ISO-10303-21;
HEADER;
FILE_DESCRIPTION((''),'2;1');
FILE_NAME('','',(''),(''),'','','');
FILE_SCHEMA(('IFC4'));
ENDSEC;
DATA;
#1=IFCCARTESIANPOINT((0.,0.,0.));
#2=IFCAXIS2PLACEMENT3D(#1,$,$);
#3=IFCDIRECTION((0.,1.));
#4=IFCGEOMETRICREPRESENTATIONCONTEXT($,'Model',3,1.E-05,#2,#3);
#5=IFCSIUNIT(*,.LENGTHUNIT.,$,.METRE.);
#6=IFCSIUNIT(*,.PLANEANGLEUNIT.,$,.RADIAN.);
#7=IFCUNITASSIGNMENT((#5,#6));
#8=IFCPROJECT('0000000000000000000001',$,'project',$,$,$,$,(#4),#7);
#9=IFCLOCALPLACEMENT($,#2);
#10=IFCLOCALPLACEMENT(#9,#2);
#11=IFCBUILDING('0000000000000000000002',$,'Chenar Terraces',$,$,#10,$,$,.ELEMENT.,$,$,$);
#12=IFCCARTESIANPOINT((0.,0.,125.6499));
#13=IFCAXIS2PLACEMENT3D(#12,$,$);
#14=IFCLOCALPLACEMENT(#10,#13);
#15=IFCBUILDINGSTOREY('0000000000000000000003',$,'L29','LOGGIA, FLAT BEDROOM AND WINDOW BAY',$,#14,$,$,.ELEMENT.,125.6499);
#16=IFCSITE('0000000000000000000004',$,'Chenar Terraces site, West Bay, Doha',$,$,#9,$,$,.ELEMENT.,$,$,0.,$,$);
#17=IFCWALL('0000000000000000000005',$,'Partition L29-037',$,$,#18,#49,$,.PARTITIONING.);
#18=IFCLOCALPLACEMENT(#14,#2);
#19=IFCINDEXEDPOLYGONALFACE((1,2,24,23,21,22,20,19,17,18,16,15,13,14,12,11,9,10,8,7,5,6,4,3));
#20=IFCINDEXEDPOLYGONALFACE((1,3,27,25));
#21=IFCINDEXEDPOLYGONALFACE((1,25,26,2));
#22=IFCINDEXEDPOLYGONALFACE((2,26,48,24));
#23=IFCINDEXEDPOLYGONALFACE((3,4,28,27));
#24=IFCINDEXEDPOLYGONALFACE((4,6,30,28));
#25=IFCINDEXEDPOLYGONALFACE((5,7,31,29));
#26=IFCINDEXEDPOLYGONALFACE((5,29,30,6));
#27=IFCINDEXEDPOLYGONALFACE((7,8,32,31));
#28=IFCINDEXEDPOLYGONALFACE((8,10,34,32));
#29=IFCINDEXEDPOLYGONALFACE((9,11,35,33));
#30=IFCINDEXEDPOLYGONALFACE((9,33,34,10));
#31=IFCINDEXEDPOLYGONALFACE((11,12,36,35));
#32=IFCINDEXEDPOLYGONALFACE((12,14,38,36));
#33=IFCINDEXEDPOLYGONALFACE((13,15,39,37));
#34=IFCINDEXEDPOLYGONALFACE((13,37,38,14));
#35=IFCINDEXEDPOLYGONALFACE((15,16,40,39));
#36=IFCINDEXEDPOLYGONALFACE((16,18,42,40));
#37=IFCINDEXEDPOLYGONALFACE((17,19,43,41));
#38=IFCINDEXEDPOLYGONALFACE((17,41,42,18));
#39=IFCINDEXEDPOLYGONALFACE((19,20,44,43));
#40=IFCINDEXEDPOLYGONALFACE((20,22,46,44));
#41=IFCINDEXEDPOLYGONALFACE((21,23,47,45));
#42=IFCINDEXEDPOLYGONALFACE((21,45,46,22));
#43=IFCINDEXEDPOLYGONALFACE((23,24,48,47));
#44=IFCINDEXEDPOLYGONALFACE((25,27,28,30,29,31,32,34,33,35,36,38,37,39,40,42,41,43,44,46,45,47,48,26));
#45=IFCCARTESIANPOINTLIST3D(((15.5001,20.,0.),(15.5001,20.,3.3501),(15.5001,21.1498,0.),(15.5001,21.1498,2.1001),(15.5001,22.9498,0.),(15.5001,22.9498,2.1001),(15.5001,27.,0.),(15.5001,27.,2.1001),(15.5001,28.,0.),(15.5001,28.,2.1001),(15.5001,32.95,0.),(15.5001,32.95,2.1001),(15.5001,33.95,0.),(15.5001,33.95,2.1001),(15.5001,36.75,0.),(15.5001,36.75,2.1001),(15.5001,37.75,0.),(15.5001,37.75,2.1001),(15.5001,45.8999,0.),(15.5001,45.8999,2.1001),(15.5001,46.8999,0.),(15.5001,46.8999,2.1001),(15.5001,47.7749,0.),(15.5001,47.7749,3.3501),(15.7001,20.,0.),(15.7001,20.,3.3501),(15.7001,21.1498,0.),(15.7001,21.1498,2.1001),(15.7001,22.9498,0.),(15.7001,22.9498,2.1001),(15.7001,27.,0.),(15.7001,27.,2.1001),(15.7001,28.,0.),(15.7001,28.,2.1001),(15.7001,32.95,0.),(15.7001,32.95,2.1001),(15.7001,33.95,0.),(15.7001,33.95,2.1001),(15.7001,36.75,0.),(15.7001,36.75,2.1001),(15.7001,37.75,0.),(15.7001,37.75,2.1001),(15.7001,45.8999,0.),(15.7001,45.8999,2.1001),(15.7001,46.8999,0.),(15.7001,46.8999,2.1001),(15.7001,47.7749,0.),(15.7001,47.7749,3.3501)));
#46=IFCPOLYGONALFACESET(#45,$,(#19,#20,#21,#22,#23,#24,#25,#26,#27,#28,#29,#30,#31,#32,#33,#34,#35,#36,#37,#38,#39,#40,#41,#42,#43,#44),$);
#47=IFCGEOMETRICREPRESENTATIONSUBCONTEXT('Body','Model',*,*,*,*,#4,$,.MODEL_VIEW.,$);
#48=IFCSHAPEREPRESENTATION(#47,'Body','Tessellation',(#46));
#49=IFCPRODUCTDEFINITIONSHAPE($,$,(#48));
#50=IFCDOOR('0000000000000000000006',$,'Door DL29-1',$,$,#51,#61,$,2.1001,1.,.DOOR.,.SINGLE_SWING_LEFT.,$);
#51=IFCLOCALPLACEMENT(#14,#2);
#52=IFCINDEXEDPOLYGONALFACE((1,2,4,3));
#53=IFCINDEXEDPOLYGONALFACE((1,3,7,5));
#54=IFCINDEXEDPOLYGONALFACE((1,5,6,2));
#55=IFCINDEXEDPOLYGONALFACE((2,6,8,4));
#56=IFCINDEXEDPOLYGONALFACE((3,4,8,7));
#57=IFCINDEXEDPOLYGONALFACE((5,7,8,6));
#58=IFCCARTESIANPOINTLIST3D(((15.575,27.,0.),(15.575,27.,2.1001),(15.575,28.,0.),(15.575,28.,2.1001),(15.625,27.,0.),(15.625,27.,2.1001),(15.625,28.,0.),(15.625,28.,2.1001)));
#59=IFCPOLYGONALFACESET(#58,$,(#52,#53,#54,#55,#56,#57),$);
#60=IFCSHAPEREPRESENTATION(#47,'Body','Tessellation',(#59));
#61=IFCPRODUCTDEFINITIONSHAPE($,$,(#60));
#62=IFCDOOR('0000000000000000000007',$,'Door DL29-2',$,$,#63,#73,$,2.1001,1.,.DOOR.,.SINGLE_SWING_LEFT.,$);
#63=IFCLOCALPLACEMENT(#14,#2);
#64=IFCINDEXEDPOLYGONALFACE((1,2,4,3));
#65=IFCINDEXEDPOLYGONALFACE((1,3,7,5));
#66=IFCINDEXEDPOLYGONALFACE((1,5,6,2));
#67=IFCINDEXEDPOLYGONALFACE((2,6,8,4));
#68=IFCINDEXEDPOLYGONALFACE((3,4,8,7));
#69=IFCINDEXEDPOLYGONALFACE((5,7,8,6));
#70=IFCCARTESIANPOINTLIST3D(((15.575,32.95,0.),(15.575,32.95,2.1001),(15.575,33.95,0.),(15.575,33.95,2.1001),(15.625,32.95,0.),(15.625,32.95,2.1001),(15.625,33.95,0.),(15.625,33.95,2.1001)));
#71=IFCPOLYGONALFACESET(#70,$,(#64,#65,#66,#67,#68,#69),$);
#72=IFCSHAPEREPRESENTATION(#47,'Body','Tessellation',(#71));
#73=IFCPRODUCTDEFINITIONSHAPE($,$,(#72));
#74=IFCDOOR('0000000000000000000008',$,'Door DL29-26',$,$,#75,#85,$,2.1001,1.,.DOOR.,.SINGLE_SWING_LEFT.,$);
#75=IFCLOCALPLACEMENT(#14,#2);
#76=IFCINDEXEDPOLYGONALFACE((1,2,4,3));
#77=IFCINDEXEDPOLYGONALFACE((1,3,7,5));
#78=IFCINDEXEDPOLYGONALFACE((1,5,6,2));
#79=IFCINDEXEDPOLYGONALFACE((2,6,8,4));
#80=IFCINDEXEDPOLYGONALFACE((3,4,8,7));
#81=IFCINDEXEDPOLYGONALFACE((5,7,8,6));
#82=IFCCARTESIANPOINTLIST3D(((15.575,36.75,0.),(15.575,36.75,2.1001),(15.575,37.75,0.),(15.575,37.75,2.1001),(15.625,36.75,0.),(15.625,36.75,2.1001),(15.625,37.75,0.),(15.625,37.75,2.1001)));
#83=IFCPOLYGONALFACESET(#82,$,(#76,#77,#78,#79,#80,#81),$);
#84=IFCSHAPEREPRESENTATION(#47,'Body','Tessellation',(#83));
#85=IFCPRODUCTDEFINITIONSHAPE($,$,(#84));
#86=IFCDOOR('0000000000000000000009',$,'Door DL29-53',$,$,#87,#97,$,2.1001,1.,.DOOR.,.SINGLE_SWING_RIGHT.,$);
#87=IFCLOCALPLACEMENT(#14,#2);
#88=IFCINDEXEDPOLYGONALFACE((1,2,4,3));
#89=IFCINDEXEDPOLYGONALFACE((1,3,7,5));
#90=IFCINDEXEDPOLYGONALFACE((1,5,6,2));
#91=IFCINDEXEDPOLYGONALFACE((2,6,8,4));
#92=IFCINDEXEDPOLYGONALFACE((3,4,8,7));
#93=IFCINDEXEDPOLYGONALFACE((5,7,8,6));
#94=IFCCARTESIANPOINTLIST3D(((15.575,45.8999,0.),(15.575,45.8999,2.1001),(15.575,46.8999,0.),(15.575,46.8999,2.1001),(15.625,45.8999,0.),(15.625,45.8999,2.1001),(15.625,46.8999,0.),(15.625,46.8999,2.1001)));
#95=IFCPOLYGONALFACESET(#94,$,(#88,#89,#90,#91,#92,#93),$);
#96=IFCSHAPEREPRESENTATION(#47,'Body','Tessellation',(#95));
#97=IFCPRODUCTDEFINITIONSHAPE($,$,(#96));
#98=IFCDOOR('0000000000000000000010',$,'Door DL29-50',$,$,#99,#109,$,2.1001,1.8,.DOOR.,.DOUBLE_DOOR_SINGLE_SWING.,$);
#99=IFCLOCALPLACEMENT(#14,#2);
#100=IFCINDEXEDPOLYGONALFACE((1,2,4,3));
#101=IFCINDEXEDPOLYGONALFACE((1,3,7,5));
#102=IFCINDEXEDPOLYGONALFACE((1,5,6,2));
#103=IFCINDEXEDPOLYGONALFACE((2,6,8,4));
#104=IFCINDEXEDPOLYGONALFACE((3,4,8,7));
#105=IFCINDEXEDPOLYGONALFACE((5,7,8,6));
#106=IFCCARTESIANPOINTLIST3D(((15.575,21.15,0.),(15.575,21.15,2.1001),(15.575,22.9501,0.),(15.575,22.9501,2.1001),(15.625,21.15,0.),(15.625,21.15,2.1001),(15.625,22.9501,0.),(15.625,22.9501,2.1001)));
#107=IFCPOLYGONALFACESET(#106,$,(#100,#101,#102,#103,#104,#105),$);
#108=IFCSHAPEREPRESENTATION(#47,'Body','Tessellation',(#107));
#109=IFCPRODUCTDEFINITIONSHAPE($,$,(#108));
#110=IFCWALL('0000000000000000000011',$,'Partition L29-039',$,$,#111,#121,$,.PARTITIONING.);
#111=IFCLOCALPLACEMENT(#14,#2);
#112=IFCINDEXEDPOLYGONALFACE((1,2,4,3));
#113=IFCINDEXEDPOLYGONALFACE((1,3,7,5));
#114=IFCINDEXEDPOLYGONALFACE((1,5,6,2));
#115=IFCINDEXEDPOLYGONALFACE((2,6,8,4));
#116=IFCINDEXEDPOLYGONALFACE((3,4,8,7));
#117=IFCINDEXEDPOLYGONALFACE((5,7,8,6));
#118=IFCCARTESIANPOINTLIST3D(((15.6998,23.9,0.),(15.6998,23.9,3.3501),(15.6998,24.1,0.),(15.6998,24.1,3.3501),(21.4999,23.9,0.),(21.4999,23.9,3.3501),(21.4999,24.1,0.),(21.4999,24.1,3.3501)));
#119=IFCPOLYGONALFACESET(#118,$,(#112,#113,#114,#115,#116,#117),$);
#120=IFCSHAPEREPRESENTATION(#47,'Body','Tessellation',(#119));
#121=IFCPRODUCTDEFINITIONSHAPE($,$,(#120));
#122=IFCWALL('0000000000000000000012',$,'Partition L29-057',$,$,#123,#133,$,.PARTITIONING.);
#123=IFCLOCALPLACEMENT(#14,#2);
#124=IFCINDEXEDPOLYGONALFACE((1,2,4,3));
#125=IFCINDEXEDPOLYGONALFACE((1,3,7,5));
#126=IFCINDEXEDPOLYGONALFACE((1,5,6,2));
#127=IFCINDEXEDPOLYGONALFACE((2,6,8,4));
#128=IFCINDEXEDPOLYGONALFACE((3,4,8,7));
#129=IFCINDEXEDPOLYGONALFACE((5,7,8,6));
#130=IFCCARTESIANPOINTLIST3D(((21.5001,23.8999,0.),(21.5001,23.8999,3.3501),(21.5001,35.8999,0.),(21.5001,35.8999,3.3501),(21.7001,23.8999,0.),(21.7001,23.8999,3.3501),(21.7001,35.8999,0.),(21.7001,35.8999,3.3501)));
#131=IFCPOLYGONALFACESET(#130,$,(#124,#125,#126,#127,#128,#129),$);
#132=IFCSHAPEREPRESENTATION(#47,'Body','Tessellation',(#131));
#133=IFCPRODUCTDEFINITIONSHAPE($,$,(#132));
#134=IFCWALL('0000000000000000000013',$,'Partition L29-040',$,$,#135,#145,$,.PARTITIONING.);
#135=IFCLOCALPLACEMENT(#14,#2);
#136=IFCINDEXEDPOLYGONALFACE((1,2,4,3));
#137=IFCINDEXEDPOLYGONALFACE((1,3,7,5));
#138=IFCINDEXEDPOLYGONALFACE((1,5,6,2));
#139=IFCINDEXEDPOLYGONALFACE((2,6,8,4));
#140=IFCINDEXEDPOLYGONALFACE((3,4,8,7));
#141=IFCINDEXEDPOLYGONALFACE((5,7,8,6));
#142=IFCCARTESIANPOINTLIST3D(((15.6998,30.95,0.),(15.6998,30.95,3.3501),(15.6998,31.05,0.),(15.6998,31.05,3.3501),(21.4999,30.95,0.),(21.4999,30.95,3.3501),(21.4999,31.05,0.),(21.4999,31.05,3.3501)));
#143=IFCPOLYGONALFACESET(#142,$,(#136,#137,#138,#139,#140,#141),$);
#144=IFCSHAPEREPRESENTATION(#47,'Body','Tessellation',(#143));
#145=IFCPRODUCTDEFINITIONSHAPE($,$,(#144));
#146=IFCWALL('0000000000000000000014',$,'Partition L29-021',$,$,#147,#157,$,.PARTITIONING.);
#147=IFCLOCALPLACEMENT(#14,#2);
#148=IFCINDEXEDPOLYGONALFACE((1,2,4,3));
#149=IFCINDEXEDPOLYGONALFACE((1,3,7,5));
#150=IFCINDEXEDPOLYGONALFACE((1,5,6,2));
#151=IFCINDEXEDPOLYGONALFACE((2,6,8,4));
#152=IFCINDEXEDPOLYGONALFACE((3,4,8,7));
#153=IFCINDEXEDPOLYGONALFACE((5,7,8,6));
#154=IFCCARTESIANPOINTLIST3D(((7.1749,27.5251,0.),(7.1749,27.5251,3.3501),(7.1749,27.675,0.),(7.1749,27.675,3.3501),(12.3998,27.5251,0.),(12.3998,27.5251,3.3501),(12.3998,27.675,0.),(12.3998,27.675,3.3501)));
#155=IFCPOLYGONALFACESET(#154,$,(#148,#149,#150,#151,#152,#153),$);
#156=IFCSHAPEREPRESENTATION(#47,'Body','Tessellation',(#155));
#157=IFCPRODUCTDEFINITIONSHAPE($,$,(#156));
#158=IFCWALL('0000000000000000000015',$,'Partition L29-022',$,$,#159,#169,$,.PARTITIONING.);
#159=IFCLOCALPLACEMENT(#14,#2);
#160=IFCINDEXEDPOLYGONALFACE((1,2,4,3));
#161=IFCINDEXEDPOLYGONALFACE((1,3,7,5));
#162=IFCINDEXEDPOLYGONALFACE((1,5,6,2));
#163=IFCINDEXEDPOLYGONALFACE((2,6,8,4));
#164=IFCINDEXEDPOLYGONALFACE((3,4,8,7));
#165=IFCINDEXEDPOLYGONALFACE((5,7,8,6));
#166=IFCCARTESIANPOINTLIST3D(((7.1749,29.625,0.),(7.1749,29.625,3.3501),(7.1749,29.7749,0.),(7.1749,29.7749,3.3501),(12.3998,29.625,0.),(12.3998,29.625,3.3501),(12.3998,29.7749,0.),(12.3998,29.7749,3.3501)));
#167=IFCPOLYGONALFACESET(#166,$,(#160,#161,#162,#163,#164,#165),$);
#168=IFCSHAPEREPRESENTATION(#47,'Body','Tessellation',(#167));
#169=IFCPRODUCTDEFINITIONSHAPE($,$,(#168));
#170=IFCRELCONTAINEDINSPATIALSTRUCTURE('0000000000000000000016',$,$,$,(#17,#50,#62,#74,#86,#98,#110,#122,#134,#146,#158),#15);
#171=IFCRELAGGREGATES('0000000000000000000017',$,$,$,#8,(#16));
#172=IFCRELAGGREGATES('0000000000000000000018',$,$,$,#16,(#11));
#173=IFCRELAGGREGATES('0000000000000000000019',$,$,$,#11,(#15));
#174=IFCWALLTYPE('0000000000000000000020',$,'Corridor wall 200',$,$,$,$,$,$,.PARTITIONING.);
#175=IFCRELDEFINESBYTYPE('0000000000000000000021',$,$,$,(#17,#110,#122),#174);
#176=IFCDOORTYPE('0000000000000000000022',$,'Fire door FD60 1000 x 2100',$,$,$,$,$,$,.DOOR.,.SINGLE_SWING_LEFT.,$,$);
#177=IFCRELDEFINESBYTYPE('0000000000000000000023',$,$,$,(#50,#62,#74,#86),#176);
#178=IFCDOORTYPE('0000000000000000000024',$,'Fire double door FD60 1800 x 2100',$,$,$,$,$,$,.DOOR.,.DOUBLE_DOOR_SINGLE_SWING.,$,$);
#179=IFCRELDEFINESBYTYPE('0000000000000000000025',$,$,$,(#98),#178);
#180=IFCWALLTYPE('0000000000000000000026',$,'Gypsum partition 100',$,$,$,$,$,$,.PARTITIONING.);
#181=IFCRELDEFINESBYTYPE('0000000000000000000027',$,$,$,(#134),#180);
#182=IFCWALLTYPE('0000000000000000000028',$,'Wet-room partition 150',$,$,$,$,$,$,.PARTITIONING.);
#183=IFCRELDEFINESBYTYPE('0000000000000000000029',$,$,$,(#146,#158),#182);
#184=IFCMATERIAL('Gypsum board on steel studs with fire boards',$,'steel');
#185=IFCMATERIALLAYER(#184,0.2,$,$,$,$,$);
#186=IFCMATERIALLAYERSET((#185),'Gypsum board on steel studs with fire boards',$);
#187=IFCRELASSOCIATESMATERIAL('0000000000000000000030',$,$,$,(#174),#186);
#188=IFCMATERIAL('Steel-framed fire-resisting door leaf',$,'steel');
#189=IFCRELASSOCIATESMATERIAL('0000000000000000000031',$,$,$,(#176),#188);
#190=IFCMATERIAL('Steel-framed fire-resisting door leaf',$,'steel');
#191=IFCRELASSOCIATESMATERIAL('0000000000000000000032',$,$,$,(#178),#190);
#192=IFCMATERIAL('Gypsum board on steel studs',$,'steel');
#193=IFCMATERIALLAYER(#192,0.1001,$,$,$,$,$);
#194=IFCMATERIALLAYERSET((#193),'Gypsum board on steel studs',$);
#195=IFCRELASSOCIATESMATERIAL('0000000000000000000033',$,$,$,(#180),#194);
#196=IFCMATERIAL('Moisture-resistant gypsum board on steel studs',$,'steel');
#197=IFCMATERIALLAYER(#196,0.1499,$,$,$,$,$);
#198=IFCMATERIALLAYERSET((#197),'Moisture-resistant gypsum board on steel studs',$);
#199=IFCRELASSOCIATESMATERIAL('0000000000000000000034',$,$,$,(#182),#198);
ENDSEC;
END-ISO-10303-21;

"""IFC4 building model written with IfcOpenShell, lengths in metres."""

from ifc_helpers import new_model, si_unit, direction, frame, frame_2d, origin, place, context, subcontext, project, spatial, rectangle, extrude, material, layer, layer_set, type_object, element, fill, save


model = new_model("IFC4")

# Units and contexts
model_context = context("Model", 3, precision=1e-05, world=origin(), true_north=direction((0.0, 1.0)))
body_context = subcontext(model_context, "Body", "Model", "MODEL_VIEW")
ifc_project = project(units=[si_unit("LENGTHUNIT", "METRE"), si_unit("PLANEANGLEUNIT", "RADIAN")], contexts=[model_context])

# Site, building, storey
site_placement = place(None, origin())
site = spatial("IfcSite", under=ifc_project, at=site_placement, Name="Chenar Terraces site, West Bay, Doha", CompositionType="ELEMENT", RefElevation=0.0)
building_placement = place(site_placement, origin())
building = spatial("IfcBuilding", under=site, at=building_placement, Name="Chenar Terraces", CompositionType="ELEMENT")
storey_placement = place(building_placement, frame((0.0, 0.0, 125.6499)))
storey = spatial("IfcBuildingStorey", under=building, at=storey_placement, Name="L29", Description="LOGGIA, FLAT BEDROOM AND WINDOW BAY", CompositionType="ELEMENT", Elevation=125.6499)

# Wall, openings, doors
ifc_material_1 = material(Name="Gypsum board on steel studs with fire boards", Category="steel")
ifc_layer_1 = layer(ifc_material_1, 0.2)
ifc_layer_set_1 = layer_set([ifc_layer_1], Name="Gypsum board on steel studs with fire boards")
wall_type_1 = type_object("IfcWallType", Name="Corridor wall 200", PredefinedType="PARTITIONING", material=ifc_layer_set_1)
wall_1_placement = place(storey_placement, frame((15.6001, 20.0, 0.0), z_axis=(0.0, 0.0, 1.0), x_axis=(0.0, 1.0, 0.0)))
wall_1 = element("IfcWall", 1, at=wall_1_placement, inside=storey, type_object=wall_type_1, Name="Partition L29-037", PredefinedType="PARTITIONING", context=body_context, shape_type="SweptSolid", body=[
    extrude(rectangle(XDim=27.7749, YDim=0.2, at=frame_2d((13.8875, 0.0))), origin(), (0.0, 0.0, 1.0), 3.3501),
])
opening_1_placement = place(wall_1_placement, frame((7.0, 0.0, 0.0)))
opening_1 = element("IfcOpeningElement", 2, at=opening_1_placement, cuts=wall_1, PredefinedType="OPENING", context=body_context, shape_type="SweptSolid", body=[
    extrude(rectangle(XDim=1.0, YDim=2.1001, at=frame_2d((0.5, 1.05))), frame((0.0, 0.1099, 0.0), z_axis=(0.0, -1.0, 0.0), x_axis=(1.0, 0.0, 0.0)), (0.0, 0.0, 1.0), 0.22),
])
opening_2_placement = place(wall_1_placement, frame((12.95, 0.0, 0.0)))
opening_2 = element("IfcOpeningElement", 3, at=opening_2_placement, cuts=wall_1, PredefinedType="OPENING", context=body_context, shape_type="SweptSolid", body=[
    extrude(rectangle(XDim=1.0, YDim=2.1001, at=frame_2d((0.5, 1.05))), frame((0.0, 0.1099, 0.0), z_axis=(0.0, -1.0, 0.0), x_axis=(1.0, 0.0, 0.0)), (0.0, 0.0, 1.0), 0.22),
])
opening_3_placement = place(wall_1_placement, frame((16.75, 0.0, 0.0)))
opening_3 = element("IfcOpeningElement", 4, at=opening_3_placement, cuts=wall_1, PredefinedType="OPENING", context=body_context, shape_type="SweptSolid", body=[
    extrude(rectangle(XDim=1.0, YDim=2.1001, at=frame_2d((0.5, 1.05))), frame((0.0, 0.1099, 0.0), z_axis=(0.0, -1.0, 0.0), x_axis=(1.0, 0.0, 0.0)), (0.0, 0.0, 1.0), 0.22),
])
opening_4_placement = place(wall_1_placement, frame((1.1499, 0.0, 0.0)))
opening_4 = element("IfcOpeningElement", 5, at=opening_4_placement, cuts=wall_1, PredefinedType="OPENING", context=body_context, shape_type="SweptSolid", body=[
    extrude(rectangle(XDim=1.8, YDim=2.1001, at=frame_2d((0.8999, 1.05))), frame((0.0, 0.1099, 0.0), z_axis=(0.0, -1.0, 0.0), x_axis=(1.0, 0.0, 0.0)), (0.0, 0.0, 1.0), 0.22),
])
opening_5_placement = place(wall_1_placement, frame((25.8999, 0.0, 0.0)))
opening_5 = element("IfcOpeningElement", 6, at=opening_5_placement, cuts=wall_1, PredefinedType="OPENING", context=body_context, shape_type="SweptSolid", body=[
    extrude(rectangle(XDim=1.0, YDim=2.1001, at=frame_2d((0.5, 1.05))), frame((0.0, 0.1099, 0.0), z_axis=(0.0, -1.0, 0.0), x_axis=(1.0, 0.0, 0.0)), (0.0, 0.0, 1.0), 0.22),
])
ifc_material_2 = material(Name="Steel-framed fire-resisting door leaf", Category="steel")
door_type_1 = type_object("IfcDoorType", Name="Fire door FD60 1000 x 2100", OperationType="SINGLE_SWING_LEFT", PredefinedType="DOOR", material=ifc_material_2)
door_1_placement = place(opening_1_placement, frame((1.0, 0.0, 0.0), z_axis=(0.0, 0.0, 1.0), x_axis=(-1.0, 0.0, 0.0)))
door_1 = element("IfcDoor", 7, at=door_1_placement, inside=storey, type_object=door_type_1, Name="Door DL29-1", OperationType="SINGLE_SWING_LEFT", OverallHeight=2.1001, OverallWidth=1.0, PredefinedType="DOOR", context=body_context, shape_type="SweptSolid", body=[
    extrude(rectangle(XDim=1.0, YDim=2.1001, at=frame_2d((0.5, 1.05))), frame((0.0, 0.0249, 0.0), z_axis=(0.0, -1.0, 0.0), x_axis=(1.0, 0.0, 0.0)), (0.0, 0.0, 1.0), 0.05),
])
fill(opening_1, door_1)
door_2_placement = place(opening_2_placement, frame((1.0, 0.0, 0.0), z_axis=(0.0, 0.0, 1.0), x_axis=(-1.0, 0.0, 0.0)))
door_2 = element("IfcDoor", 8, at=door_2_placement, inside=storey, type_object=door_type_1, Name="Door DL29-2", OperationType="SINGLE_SWING_LEFT", OverallHeight=2.1001, OverallWidth=1.0, PredefinedType="DOOR", context=body_context, shape_type="SweptSolid", body=[
    extrude(rectangle(XDim=1.0, YDim=2.1001, at=frame_2d((0.5, 1.05))), frame((0.0, 0.0249, 0.0), z_axis=(0.0, -1.0, 0.0), x_axis=(1.0, 0.0, 0.0)), (0.0, 0.0, 1.0), 0.05),
])
fill(opening_2, door_2)
door_3_placement = place(opening_3_placement, frame((1.0, 0.0, 0.0), z_axis=(0.0, 0.0, 1.0), x_axis=(-1.0, 0.0, 0.0)))
door_3 = element("IfcDoor", 9, at=door_3_placement, inside=storey, type_object=door_type_1, Name="Door DL29-26", OperationType="SINGLE_SWING_LEFT", OverallHeight=2.1001, OverallWidth=1.0, PredefinedType="DOOR", context=body_context, shape_type="SweptSolid", body=[
    extrude(rectangle(XDim=1.0, YDim=2.1001, at=frame_2d((0.5, 1.05))), frame((0.0, 0.0249, 0.0), z_axis=(0.0, -1.0, 0.0), x_axis=(1.0, 0.0, 0.0)), (0.0, 0.0, 1.0), 0.05),
])
fill(opening_3, door_3)
door_4_placement = place(opening_5_placement, frame((1.0, 0.0, 0.0), z_axis=(0.0, 0.0, 1.0), x_axis=(-1.0, 0.0, 0.0)))
door_4 = element("IfcDoor", 10, at=door_4_placement, inside=storey, type_object=door_type_1, Name="Door DL29-53", OperationType="SINGLE_SWING_RIGHT", OverallHeight=2.1001, OverallWidth=1.0, PredefinedType="DOOR", context=body_context, shape_type="SweptSolid", body=[
    extrude(rectangle(XDim=1.0, YDim=2.1001, at=frame_2d((0.5, 1.05))), frame((0.0, 0.0249, 0.0), z_axis=(0.0, -1.0, 0.0), x_axis=(1.0, 0.0, 0.0)), (0.0, 0.0, 1.0), 0.05),
])
fill(opening_5, door_4)
ifc_material_3 = material(Name="Steel-framed fire-resisting door leaf", Category="steel")
door_type_2 = type_object("IfcDoorType", Name="Fire double door FD60 1800 x 2100", OperationType="DOUBLE_DOOR_SINGLE_SWING", PredefinedType="DOOR", material=ifc_material_3)
door_5_placement = place(opening_4_placement, frame((1.8, 0.0, 0.0), z_axis=(0.0, 0.0, 1.0), x_axis=(-1.0, 0.0, 0.0)))
door_5 = element("IfcDoor", 11, at=door_5_placement, inside=storey, type_object=door_type_2, Name="Door DL29-50", OperationType="DOUBLE_DOOR_SINGLE_SWING", OverallHeight=2.1001, OverallWidth=1.8, PredefinedType="DOOR", context=body_context, shape_type="SweptSolid", body=[
    extrude(rectangle(XDim=1.8, YDim=2.1001, at=frame_2d((0.8999, 1.05))), frame((0.0, 0.0249, 0.0), z_axis=(0.0, -1.0, 0.0), x_axis=(1.0, 0.0, 0.0)), (0.0, 0.0, 1.0), 0.05),
])
fill(opening_4, door_5)

# Walls
wall_2_placement = place(storey_placement, frame((15.7, 24.0, 0.0), z_axis=(0.0, 0.0, 1.0), x_axis=(1.0, 0.0, 0.0)))
element("IfcWall", 12, at=wall_2_placement, inside=storey, type_object=wall_type_1, Name="Partition L29-039", PredefinedType="PARTITIONING", context=body_context, shape_type="SweptSolid", body=[
    extrude(rectangle(XDim=5.8, YDim=0.2, at=frame_2d((2.8999, 0.0))), origin(), (0.0, 0.0, 1.0), 3.3501),
])
wall_3_placement = place(storey_placement, frame((21.6001, 23.8999, 0.0), z_axis=(0.0, 0.0, 1.0), x_axis=(0.0, 1.0, 0.0)))
element("IfcWall", 13, at=wall_3_placement, inside=storey, type_object=wall_type_1, Name="Partition L29-057", PredefinedType="PARTITIONING", context=body_context, shape_type="SweptSolid", body=[
    extrude(rectangle(XDim=12.0, YDim=0.2, at=frame_2d((6.0, 0.0))), origin(), (0.0, 0.0, 1.0), 3.3501),
])
ifc_material_4 = material(Name="Gypsum board on steel studs", Category="steel")
ifc_layer_2 = layer(ifc_material_4, 0.1001)
ifc_layer_set_2 = layer_set([ifc_layer_2], Name="Gypsum board on steel studs")
wall_type_2 = type_object("IfcWallType", Name="Gypsum partition 100", PredefinedType="PARTITIONING", material=ifc_layer_set_2)
wall_4_placement = place(storey_placement, frame((15.7, 31.0, 0.0), z_axis=(0.0, 0.0, 1.0), x_axis=(1.0, 0.0, 0.0)))
element("IfcWall", 14, at=wall_4_placement, inside=storey, type_object=wall_type_2, Name="Partition L29-040", PredefinedType="PARTITIONING", context=body_context, shape_type="SweptSolid", body=[
    extrude(rectangle(XDim=5.8, YDim=0.1001, at=frame_2d((2.8999, 0.0))), origin(), (0.0, 0.0, 1.0), 3.3501),
])
ifc_material_5 = material(Name="Moisture-resistant gypsum board on steel studs", Category="steel")
ifc_layer_3 = layer(ifc_material_5, 0.1499)
ifc_layer_set_3 = layer_set([ifc_layer_3], Name="Moisture-resistant gypsum board on steel studs")
wall_type_3 = type_object("IfcWallType", Name="Wet-room partition 150", PredefinedType="PARTITIONING", material=ifc_layer_set_3)
for number, where, z_axis, x_axis, name in (
    (15, (7.175, 27.6001, 0.0), (0.0, 0.0, 1.0), (1.0, 0.0, 0.0), "Partition L29-021"),
    (16, (7.175, 29.7, 0.0), (0.0, 0.0, 1.0), (1.0, 0.0, 0.0), "Partition L29-022"),
):
    element("IfcWall", number, at=place(storey_placement, frame(where, z_axis=z_axis, x_axis=x_axis)), inside=storey, type_object=wall_type_3, Name=name, PredefinedType="PARTITIONING", context=body_context, shape_type="SweptSolid", body=[
        extrude(rectangle(XDim=5.2249, YDim=0.1499, at=frame_2d((2.6123, 0.0))), origin(), (0.0, 0.0, 1.0), 3.3501),
    ])

save(model, "model.ifc")
